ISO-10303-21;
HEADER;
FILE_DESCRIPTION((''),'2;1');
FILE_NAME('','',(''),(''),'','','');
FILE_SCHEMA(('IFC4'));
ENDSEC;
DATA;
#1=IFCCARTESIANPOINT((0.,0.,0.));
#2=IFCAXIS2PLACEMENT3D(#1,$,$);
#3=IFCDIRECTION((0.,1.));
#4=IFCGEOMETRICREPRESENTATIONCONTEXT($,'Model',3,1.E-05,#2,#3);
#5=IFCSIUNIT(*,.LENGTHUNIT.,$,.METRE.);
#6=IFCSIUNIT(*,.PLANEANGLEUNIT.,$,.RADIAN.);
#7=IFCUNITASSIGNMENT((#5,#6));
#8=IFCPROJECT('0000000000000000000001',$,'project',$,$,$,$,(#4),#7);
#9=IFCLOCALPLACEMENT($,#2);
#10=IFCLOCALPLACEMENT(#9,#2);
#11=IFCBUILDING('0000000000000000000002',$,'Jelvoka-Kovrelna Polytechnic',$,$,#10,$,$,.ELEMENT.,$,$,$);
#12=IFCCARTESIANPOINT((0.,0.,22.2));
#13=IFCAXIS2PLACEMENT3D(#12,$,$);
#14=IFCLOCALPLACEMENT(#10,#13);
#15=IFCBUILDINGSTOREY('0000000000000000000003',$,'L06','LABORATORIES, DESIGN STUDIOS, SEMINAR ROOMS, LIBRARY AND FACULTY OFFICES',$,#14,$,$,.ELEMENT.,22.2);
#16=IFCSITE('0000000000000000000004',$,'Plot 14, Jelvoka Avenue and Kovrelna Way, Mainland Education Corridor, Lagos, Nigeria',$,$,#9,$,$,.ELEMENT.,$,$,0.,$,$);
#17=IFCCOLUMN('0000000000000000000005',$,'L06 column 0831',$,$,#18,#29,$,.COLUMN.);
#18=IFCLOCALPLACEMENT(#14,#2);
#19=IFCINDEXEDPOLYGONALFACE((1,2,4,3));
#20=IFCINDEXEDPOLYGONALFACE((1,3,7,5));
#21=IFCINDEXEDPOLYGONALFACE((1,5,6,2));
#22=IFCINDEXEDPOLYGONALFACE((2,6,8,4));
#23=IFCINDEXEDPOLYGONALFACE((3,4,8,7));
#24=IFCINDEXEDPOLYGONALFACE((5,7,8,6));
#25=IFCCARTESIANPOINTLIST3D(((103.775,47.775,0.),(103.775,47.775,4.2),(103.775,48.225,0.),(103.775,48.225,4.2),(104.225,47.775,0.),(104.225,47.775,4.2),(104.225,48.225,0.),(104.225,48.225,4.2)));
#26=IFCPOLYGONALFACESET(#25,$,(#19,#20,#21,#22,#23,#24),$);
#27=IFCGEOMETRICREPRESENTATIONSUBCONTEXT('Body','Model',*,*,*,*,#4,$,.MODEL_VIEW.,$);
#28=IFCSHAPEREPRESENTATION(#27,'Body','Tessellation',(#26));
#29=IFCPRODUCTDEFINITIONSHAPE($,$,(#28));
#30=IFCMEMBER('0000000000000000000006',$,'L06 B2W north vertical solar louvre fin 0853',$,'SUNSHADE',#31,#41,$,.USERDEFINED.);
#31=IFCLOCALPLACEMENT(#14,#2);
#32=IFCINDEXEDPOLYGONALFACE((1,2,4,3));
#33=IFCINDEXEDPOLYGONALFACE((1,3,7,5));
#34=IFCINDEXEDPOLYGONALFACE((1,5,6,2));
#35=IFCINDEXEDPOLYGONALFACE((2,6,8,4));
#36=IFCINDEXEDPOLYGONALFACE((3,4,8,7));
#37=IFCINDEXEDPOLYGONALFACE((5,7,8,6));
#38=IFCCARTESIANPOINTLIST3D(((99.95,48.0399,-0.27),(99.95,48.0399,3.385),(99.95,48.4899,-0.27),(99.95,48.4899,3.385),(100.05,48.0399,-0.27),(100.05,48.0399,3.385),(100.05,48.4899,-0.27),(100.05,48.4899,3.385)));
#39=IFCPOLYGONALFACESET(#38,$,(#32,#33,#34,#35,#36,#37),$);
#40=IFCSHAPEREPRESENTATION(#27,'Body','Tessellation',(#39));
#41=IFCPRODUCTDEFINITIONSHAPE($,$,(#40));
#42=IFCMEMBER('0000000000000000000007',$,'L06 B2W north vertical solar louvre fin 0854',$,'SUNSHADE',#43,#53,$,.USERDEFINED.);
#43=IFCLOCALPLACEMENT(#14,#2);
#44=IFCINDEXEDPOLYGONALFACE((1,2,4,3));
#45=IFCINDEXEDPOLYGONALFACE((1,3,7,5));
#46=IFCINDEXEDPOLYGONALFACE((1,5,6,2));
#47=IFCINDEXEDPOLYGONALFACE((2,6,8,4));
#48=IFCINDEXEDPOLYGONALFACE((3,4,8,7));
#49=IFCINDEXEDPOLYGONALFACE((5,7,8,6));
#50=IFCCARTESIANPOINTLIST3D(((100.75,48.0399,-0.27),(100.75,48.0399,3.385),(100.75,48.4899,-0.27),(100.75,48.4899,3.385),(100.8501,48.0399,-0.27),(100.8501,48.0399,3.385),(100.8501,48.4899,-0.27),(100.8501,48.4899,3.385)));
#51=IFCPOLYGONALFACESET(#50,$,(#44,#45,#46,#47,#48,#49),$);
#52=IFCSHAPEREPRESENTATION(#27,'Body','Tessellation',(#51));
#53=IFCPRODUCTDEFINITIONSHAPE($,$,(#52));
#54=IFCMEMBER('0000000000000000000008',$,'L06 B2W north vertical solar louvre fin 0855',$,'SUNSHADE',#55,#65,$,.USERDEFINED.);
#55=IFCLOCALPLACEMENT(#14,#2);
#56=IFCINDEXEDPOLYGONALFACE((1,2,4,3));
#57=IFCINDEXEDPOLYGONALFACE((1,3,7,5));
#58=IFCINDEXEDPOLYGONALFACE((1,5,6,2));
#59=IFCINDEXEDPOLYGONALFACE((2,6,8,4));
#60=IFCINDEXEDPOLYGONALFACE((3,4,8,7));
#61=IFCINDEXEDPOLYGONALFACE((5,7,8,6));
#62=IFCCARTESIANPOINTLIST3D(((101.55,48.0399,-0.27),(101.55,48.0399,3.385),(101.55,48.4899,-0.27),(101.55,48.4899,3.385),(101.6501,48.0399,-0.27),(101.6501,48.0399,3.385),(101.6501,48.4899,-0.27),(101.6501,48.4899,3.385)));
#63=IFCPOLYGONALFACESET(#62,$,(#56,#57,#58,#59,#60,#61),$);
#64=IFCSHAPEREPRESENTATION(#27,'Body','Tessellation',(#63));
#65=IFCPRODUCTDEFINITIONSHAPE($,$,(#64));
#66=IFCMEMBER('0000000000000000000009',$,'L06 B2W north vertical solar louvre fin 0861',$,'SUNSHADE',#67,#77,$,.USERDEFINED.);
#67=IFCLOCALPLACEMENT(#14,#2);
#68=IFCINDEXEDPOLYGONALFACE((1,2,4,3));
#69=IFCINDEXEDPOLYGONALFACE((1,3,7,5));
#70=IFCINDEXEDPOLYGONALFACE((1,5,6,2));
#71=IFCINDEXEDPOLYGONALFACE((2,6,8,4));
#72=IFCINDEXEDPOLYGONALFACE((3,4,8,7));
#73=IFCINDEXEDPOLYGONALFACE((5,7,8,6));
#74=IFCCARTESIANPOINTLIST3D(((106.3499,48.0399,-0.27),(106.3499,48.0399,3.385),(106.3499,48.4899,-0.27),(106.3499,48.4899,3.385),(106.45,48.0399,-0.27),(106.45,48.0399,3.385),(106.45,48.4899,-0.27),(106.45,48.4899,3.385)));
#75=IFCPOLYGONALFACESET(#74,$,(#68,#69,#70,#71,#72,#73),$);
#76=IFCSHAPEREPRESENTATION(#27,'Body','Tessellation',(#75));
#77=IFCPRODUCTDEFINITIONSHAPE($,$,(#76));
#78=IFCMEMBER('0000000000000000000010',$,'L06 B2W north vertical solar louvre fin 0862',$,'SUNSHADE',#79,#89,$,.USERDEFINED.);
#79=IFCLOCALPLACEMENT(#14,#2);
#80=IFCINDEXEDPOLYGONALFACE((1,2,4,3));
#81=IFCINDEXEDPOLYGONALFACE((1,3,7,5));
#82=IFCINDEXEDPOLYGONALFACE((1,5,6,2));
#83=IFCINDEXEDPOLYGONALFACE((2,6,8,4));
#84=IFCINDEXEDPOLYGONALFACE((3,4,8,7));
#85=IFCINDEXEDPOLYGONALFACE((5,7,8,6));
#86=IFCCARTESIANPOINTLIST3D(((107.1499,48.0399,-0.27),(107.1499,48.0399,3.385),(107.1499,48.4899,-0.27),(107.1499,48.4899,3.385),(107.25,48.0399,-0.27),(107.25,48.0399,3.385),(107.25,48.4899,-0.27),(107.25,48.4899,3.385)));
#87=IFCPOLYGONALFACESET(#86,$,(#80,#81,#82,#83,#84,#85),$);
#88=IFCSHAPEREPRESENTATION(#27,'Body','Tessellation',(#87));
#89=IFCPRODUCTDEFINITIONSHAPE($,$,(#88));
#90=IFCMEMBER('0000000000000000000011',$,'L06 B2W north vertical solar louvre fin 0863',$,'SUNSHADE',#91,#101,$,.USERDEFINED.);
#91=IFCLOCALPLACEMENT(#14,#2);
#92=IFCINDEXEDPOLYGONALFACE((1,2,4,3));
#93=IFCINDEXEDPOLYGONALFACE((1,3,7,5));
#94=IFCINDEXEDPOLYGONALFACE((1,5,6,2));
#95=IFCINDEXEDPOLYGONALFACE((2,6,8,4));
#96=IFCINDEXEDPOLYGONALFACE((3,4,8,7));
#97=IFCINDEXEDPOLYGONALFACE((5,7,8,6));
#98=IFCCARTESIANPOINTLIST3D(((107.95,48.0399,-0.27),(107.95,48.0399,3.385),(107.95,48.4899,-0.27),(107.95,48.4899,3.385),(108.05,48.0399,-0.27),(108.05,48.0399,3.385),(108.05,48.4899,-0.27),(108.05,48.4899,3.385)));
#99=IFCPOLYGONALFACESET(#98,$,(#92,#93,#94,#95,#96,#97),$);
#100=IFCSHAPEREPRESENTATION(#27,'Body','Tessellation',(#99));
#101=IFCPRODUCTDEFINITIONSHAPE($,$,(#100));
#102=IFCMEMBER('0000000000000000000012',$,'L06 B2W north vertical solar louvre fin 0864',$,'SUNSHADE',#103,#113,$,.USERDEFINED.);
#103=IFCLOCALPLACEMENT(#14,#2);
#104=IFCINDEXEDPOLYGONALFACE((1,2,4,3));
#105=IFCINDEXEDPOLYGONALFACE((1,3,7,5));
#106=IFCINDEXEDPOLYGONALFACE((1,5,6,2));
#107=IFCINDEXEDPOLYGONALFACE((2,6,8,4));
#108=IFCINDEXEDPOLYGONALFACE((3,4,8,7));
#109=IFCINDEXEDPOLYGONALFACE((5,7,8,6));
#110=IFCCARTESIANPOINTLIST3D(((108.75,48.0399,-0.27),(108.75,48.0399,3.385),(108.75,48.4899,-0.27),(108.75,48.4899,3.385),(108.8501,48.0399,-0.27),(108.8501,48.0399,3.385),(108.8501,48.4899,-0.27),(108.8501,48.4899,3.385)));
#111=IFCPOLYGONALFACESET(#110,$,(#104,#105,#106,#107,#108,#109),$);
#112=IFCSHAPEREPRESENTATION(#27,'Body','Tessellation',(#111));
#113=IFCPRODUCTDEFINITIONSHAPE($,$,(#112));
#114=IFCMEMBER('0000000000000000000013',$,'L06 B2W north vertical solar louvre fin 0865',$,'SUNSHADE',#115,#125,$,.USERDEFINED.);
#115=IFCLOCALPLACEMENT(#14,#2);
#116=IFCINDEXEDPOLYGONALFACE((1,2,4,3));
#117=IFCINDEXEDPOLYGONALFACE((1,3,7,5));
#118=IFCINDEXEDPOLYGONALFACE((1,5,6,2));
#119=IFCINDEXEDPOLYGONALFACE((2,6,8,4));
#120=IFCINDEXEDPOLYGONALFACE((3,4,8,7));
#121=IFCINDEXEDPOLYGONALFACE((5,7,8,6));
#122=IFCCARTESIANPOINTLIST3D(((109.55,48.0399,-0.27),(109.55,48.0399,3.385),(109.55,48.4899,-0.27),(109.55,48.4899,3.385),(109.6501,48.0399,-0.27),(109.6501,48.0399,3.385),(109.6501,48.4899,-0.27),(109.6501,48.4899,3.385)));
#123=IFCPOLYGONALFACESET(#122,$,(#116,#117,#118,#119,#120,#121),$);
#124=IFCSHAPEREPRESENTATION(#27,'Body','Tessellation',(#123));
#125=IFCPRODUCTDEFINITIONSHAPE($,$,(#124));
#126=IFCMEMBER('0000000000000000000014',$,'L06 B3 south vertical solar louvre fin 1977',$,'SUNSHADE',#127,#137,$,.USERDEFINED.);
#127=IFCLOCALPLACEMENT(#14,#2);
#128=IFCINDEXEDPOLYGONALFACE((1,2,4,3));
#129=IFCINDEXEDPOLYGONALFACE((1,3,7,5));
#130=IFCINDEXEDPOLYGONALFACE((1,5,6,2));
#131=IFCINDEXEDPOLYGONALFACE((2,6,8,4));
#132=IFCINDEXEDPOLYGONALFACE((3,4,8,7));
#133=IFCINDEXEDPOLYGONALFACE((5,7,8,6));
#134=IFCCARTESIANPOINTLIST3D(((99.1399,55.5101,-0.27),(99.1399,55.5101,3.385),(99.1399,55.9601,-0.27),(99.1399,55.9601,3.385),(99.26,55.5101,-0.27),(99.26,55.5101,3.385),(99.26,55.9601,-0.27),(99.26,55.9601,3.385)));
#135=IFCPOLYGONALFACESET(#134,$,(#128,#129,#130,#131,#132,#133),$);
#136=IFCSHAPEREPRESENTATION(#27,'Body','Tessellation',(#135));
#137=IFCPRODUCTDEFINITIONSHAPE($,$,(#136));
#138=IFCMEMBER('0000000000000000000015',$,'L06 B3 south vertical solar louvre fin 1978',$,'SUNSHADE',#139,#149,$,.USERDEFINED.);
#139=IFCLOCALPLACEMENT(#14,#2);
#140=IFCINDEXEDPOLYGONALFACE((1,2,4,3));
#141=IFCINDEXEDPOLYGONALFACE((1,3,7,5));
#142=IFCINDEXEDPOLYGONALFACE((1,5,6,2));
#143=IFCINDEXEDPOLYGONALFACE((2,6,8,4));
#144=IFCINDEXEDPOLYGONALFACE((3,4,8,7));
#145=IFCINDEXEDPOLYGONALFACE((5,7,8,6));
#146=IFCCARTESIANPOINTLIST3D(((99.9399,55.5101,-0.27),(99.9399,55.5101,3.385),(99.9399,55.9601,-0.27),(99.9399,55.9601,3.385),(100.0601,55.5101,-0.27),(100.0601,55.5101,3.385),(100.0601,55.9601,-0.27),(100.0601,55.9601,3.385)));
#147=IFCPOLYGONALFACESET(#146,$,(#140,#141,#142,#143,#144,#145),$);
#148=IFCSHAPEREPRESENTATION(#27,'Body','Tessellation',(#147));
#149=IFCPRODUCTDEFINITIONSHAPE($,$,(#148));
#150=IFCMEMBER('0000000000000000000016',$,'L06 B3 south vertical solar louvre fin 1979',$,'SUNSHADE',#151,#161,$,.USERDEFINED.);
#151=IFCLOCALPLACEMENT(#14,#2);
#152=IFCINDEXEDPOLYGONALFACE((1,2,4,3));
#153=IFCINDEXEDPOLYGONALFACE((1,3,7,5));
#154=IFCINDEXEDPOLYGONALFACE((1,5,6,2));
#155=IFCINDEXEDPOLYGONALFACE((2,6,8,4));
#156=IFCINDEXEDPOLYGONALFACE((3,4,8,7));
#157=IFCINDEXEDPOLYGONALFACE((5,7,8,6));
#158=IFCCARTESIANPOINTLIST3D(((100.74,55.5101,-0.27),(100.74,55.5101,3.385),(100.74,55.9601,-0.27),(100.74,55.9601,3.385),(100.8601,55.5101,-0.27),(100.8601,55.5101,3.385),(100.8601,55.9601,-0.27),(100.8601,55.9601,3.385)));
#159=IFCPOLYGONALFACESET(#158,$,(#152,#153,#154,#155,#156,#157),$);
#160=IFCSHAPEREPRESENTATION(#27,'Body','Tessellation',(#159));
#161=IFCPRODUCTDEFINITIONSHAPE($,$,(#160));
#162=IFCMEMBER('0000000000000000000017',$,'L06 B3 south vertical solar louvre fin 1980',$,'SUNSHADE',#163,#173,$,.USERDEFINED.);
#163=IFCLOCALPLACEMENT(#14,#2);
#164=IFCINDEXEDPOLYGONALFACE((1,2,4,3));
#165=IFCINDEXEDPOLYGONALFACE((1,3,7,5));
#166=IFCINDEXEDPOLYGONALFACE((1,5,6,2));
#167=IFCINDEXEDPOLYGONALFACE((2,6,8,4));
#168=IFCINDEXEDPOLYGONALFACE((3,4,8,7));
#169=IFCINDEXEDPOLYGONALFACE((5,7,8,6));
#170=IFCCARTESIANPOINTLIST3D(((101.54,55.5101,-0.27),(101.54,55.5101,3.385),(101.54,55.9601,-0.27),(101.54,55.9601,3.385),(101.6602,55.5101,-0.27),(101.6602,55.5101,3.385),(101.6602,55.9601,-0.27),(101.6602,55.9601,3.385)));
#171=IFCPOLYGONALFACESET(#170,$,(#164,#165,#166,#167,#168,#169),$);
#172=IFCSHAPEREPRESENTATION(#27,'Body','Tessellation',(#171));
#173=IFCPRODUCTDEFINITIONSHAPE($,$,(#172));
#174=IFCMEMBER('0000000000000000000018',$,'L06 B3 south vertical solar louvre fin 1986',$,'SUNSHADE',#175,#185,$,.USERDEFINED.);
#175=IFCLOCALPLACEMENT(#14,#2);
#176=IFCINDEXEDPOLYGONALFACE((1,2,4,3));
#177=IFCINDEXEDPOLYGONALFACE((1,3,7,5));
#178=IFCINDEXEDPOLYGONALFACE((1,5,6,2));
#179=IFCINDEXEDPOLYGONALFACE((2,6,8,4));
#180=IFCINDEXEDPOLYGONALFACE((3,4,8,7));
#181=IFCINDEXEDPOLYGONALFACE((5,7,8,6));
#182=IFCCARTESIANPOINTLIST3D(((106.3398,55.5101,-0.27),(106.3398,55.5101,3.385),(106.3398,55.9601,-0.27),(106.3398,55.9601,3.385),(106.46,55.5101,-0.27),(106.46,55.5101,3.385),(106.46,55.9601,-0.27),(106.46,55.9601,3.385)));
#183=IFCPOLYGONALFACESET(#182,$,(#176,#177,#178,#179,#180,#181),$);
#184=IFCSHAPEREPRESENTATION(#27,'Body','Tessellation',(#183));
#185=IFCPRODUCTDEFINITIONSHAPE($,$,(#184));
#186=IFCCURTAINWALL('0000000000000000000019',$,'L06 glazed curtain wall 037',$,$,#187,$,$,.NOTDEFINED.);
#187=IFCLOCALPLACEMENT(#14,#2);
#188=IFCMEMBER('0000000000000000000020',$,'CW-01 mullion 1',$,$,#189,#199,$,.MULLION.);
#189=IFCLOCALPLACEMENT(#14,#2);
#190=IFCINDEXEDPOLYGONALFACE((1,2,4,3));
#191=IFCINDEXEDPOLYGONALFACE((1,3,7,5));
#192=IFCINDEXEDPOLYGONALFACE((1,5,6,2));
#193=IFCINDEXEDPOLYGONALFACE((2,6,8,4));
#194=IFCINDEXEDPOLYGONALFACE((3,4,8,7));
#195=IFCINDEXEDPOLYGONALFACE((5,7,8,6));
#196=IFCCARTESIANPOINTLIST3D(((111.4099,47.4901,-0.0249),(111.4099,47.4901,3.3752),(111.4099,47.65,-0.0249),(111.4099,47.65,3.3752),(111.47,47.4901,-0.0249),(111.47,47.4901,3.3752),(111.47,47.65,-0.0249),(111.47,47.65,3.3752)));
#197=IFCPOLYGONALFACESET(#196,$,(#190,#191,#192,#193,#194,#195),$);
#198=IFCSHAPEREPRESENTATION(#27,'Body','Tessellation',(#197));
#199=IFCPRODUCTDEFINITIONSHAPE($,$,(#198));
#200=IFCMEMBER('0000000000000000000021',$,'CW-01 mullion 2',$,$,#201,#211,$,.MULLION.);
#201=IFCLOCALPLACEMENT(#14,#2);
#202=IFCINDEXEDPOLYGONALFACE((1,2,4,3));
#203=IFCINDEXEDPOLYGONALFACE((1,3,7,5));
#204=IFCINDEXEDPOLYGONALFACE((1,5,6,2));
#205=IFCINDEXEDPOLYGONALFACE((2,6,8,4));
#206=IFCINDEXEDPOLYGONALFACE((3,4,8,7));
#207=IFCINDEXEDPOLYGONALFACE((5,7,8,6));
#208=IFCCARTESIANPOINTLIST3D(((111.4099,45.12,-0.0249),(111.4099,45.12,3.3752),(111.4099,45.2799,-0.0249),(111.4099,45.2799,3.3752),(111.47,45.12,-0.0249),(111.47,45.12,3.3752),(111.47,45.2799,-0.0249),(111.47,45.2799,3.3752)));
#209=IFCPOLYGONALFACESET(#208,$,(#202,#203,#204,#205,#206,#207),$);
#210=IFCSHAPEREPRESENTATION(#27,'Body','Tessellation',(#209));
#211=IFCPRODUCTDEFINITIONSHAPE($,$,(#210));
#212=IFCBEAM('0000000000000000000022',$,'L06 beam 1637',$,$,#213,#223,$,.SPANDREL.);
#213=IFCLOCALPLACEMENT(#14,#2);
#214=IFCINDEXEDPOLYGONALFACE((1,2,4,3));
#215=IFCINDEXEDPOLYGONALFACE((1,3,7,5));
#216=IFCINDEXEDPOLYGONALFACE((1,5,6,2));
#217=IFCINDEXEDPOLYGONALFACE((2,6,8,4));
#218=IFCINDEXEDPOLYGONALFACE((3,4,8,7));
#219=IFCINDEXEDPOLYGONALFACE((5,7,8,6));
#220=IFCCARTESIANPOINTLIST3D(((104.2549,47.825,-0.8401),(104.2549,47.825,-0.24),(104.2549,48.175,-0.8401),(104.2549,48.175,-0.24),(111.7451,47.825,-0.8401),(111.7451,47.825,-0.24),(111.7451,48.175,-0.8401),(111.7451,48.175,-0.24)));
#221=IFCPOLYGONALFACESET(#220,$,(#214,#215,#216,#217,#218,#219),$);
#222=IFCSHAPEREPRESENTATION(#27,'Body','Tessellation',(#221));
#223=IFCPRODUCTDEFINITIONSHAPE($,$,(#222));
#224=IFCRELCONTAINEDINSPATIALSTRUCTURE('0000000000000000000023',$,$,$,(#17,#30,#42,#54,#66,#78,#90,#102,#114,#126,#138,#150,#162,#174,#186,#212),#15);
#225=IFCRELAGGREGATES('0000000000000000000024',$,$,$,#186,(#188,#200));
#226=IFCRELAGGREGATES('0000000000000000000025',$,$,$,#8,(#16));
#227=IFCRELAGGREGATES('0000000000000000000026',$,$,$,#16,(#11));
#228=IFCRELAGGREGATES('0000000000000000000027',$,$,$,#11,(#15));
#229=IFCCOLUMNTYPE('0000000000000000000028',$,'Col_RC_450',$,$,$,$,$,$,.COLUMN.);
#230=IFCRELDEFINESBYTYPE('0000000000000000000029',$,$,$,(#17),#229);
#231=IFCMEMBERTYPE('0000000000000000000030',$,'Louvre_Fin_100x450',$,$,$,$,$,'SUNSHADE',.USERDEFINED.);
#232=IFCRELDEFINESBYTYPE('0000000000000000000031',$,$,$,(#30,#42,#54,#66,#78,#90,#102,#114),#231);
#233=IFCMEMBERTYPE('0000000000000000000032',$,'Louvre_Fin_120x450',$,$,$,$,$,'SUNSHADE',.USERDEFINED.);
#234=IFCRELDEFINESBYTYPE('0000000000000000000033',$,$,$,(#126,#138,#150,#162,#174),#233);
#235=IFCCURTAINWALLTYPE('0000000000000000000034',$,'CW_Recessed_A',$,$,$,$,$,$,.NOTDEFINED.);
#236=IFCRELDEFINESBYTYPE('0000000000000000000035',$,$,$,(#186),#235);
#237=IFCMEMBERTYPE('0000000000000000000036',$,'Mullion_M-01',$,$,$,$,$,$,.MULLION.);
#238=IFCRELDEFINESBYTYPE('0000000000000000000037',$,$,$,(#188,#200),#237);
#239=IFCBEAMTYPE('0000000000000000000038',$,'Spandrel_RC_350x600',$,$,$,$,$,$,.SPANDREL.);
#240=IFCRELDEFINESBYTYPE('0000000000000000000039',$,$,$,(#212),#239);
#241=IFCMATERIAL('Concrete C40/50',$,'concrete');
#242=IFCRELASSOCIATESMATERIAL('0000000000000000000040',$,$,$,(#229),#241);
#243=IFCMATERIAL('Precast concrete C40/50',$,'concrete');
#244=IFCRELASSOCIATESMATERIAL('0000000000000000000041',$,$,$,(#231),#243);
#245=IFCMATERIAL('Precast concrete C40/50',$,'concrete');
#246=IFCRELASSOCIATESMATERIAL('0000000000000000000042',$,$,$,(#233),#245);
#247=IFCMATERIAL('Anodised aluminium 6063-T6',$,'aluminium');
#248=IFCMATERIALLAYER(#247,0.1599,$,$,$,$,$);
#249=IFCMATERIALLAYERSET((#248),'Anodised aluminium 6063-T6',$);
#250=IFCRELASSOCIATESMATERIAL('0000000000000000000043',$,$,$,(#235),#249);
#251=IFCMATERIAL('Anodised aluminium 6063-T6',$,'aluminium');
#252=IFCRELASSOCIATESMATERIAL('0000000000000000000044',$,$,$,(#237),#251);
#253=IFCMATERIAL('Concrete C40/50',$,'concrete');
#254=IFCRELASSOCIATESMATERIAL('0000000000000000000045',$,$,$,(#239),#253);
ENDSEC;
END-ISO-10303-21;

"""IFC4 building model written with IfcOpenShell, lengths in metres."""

from ifc_helpers import new_model, si_unit, direction, frame, origin, origin_2d, place, context, subcontext, project, spatial, rectangle, extrude, material, layer, layer_set, material_profile, profile_set, type_object, element, aggregate, save


model = new_model("IFC4")

# Units and contexts
model_context = context("Model", 3, precision=1e-05, world=origin(), true_north=direction((0.0, 1.0)))
body_context = subcontext(model_context, "Body", "Model", "MODEL_VIEW")
ifc_project = project(units=[si_unit("LENGTHUNIT", "METRE"), si_unit("PLANEANGLEUNIT", "RADIAN")], contexts=[model_context])

# Site, building, storey
site_placement = place(None, origin())
site = spatial("IfcSite", under=ifc_project, at=site_placement, Name="Plot 14, Jelvoka Avenue and Kovrelna Way, Mainland Education Corridor, Lagos, Nigeria", CompositionType="ELEMENT", RefElevation=0.0)
building_placement = place(site_placement, origin())
building = spatial("IfcBuilding", under=site, at=building_placement, Name="Jelvoka-Kovrelna Polytechnic", CompositionType="ELEMENT")
storey_placement = place(building_placement, frame((0.0, 0.0, 22.2)))
storey = spatial("IfcBuildingStorey", under=building, at=storey_placement, Name="L06", Description="LABORATORIES, DESIGN STUDIOS, SEMINAR ROOMS, LIBRARY AND FACULTY OFFICES", CompositionType="ELEMENT", Elevation=22.2)

# Column
ifc_material_1 = material(Name="Concrete C40/50", Category="concrete")
ifc_material_profile_1 = material_profile(ifc_material_1, rectangle(XDim=0.45, YDim=0.45, at=origin_2d()), Name="RC 450x450")
ifc_profile_set_1 = profile_set([ifc_material_profile_1], Name="Concrete C40/50")
column_type = type_object("IfcColumnType", Name="Col_RC_450", PredefinedType="COLUMN", material=ifc_profile_set_1)
column_placement = place(storey_placement, frame((104.0, 48.0, 0.0), z_axis=(0.0, 0.0, 1.0), x_axis=(1.0, 0.0, 0.0)))
element("IfcColumn", 1, at=column_placement, inside=storey, type_object=column_type, Name="L06 column 0831", PredefinedType="COLUMN", context=body_context, shape_type="SweptSolid", body=[
    extrude(rectangle(XDim=0.45, YDim=0.45, at=origin_2d()), origin(), (0.0, 0.0, 1.0), 4.2),
])

# Members
ifc_material_2 = material(Name="Precast concrete C40/50", Category="concrete")
ifc_material_profile_2 = material_profile(ifc_material_2, rectangle(XDim=0.1001, YDim=0.45, at=origin_2d()), Name="PC 100x450")
ifc_profile_set_2 = profile_set([ifc_material_profile_2], Name="Precast concrete C40/50")
member_type_1 = type_object("IfcMemberType", Name="Louvre_Fin_100x450", ElementType="SUNSHADE", PredefinedType="USERDEFINED", material=ifc_profile_set_2)
for number, where, z_axis, x_axis, name in (
    (2, (100.0, 48.2649, -0.27), (0.0, 0.0, 1.0), (1.0, 0.0, 0.0), "L06 B2W north vertical solar louvre fin 0853"),
    (3, (100.8, 48.2649, -0.27), (0.0, 0.0, 1.0), (1.0, 0.0, 0.0), "L06 B2W north vertical solar louvre fin 0854"),
    (4, (101.6001, 48.2649, -0.27), (0.0, 0.0, 1.0), (1.0, 0.0, 0.0), "L06 B2W north vertical solar louvre fin 0855"),
    (5, (106.3999, 48.2649, -0.27), (0.0, 0.0, 1.0), (1.0, 0.0, 0.0), "L06 B2W north vertical solar louvre fin 0861"),
    (6, (107.2, 48.2649, -0.27), (0.0, 0.0, 1.0), (1.0, 0.0, 0.0), "L06 B2W north vertical solar louvre fin 0862"),
    (7, (108.0, 48.2649, -0.27), (0.0, 0.0, 1.0), (1.0, 0.0, 0.0), "L06 B2W north vertical solar louvre fin 0863"),
    (8, (108.8, 48.2649, -0.27), (0.0, 0.0, 1.0), (1.0, 0.0, 0.0), "L06 B2W north vertical solar louvre fin 0864"),
    (9, (109.6001, 48.2649, -0.27), (0.0, 0.0, 1.0), (1.0, 0.0, 0.0), "L06 B2W north vertical solar louvre fin 0865"),
):
    element("IfcMember", number, at=place(storey_placement, frame(where, z_axis=z_axis, x_axis=x_axis)), inside=storey, type_object=member_type_1, Name=name, ObjectType="SUNSHADE", PredefinedType="USERDEFINED", context=body_context, shape_type="SweptSolid", body=[
        extrude(rectangle(XDim=0.1001, YDim=0.45, at=origin_2d()), origin(), (0.0, 0.0, 1.0), 3.655),
    ])
ifc_material_3 = material(Name="Precast concrete C40/50", Category="concrete")
ifc_material_profile_3 = material_profile(ifc_material_3, rectangle(XDim=0.1201, YDim=0.45, at=origin_2d()), Name="PC 120x450")
ifc_profile_set_3 = profile_set([ifc_material_profile_3], Name="Precast concrete C40/50")
member_type_2 = type_object("IfcMemberType", Name="Louvre_Fin_120x450", ElementType="SUNSHADE", PredefinedType="USERDEFINED", material=ifc_profile_set_3)
for number, where, z_axis, x_axis, name in (
    (10, (99.2, 55.7351, -0.27), (0.0, 0.0, 1.0), (1.0, 0.0, 0.0), "L06 B3 south vertical solar louvre fin 1977"),
    (11, (100.0, 55.7351, -0.27), (0.0, 0.0, 1.0), (1.0, 0.0, 0.0), "L06 B3 south vertical solar louvre fin 1978"),
    (12, (100.8, 55.7351, -0.27), (0.0, 0.0, 1.0), (1.0, 0.0, 0.0), "L06 B3 south vertical solar louvre fin 1979"),
    (13, (101.6001, 55.7351, -0.27), (0.0, 0.0, 1.0), (1.0, 0.0, 0.0), "L06 B3 south vertical solar louvre fin 1980"),
    (14, (106.3999, 55.7351, -0.27), (0.0, 0.0, 1.0), (1.0, 0.0, 0.0), "L06 B3 south vertical solar louvre fin 1986"),
):
    element("IfcMember", number, at=place(storey_placement, frame(where, z_axis=z_axis, x_axis=x_axis)), inside=storey, type_object=member_type_2, Name=name, ObjectType="SUNSHADE", PredefinedType="USERDEFINED", context=body_context, shape_type="SweptSolid", body=[
        extrude(rectangle(XDim=0.1201, YDim=0.45, at=origin_2d()), origin(), (0.0, 0.0, 1.0), 3.655),
    ])

# Curtain wall, members
ifc_material_4 = material(Name="Anodised aluminium 6063-T6", Category="aluminium")
ifc_layer_1 = layer(ifc_material_4, 0.1599)
ifc_layer_set_1 = layer_set([ifc_layer_1], Name="Anodised aluminium 6063-T6")
curtain_wall_type = type_object("IfcCurtainWallType", Name="CW_Recessed_A", PredefinedType="NOTDEFINED", material=ifc_layer_set_1)
curtain_wall_placement = place(storey_placement, origin())
curtain_wall = element("IfcCurtainWall", 15, at=curtain_wall_placement, inside=storey, type_object=curtain_wall_type, Name="L06 glazed curtain wall 037", PredefinedType="NOTDEFINED")
ifc_material_5 = material(Name="Anodised aluminium 6063-T6", Category="aluminium")
ifc_material_profile_4 = material_profile(ifc_material_5, rectangle(XDim=0.0601, YDim=0.1599, at=origin_2d()), Name="ALU 60x160")
ifc_profile_set_4 = profile_set([ifc_material_profile_4], Name="Anodised aluminium 6063-T6")
member_type_3 = type_object("IfcMemberType", Name="Mullion_M-01", PredefinedType="MULLION", material=ifc_profile_set_4)
member_1_placement = place(storey_placement, frame((111.4399, 47.5701, -0.0249), z_axis=(0.0, 0.0, 1.0), x_axis=(1.0, 0.0, 0.0)))
member_1 = element("IfcMember", 16, at=member_1_placement, type_object=member_type_3, Name="CW-01 mullion 1", PredefinedType="MULLION", context=body_context, shape_type="SweptSolid", body=[
    extrude(rectangle(XDim=0.0601, YDim=0.1599, at=origin_2d()), origin(), (0.0, 0.0, 1.0), 3.4001),
])
member_2_placement = place(storey_placement, frame((111.4399, 45.2, -0.0249), z_axis=(0.0, 0.0, 1.0), x_axis=(1.0, 0.0, 0.0)))
member_2 = element("IfcMember", 17, at=member_2_placement, type_object=member_type_3, Name="CW-01 mullion 2", PredefinedType="MULLION", context=body_context, shape_type="SweptSolid", body=[
    extrude(rectangle(XDim=0.0601, YDim=0.1599, at=origin_2d()), origin(), (0.0, 0.0, 1.0), 3.4001),
])

# Beam
ifc_material_6 = material(Name="Concrete C40/50", Category="concrete")
ifc_material_profile_5 = material_profile(ifc_material_6, rectangle(XDim=0.3501, YDim=0.6001, at=origin_2d()), Name="RC 350x600")
ifc_profile_set_5 = profile_set([ifc_material_profile_5], Name="Concrete C40/50")
beam_type = type_object("IfcBeamType", Name="Spandrel_RC_350x600", PredefinedType="SPANDREL", material=ifc_profile_set_5)
beam_placement = place(storey_placement, frame((104.2549, 48.0, -0.54), z_axis=(1.0, 0.0, 0.0), x_axis=(0.0, 1.0, 0.0)))
element("IfcBeam", 18, at=beam_placement, inside=storey, type_object=beam_type, Name="L06 beam 1637", PredefinedType="SPANDREL", context=body_context, shape_type="SweptSolid", body=[
    extrude(rectangle(XDim=0.3501, YDim=0.6001, at=origin_2d()), origin(), (0.0, 0.0, 1.0), 7.4902),
])

aggregate(curtain_wall, [member_1, member_2])

save(model, "model.ifc")
